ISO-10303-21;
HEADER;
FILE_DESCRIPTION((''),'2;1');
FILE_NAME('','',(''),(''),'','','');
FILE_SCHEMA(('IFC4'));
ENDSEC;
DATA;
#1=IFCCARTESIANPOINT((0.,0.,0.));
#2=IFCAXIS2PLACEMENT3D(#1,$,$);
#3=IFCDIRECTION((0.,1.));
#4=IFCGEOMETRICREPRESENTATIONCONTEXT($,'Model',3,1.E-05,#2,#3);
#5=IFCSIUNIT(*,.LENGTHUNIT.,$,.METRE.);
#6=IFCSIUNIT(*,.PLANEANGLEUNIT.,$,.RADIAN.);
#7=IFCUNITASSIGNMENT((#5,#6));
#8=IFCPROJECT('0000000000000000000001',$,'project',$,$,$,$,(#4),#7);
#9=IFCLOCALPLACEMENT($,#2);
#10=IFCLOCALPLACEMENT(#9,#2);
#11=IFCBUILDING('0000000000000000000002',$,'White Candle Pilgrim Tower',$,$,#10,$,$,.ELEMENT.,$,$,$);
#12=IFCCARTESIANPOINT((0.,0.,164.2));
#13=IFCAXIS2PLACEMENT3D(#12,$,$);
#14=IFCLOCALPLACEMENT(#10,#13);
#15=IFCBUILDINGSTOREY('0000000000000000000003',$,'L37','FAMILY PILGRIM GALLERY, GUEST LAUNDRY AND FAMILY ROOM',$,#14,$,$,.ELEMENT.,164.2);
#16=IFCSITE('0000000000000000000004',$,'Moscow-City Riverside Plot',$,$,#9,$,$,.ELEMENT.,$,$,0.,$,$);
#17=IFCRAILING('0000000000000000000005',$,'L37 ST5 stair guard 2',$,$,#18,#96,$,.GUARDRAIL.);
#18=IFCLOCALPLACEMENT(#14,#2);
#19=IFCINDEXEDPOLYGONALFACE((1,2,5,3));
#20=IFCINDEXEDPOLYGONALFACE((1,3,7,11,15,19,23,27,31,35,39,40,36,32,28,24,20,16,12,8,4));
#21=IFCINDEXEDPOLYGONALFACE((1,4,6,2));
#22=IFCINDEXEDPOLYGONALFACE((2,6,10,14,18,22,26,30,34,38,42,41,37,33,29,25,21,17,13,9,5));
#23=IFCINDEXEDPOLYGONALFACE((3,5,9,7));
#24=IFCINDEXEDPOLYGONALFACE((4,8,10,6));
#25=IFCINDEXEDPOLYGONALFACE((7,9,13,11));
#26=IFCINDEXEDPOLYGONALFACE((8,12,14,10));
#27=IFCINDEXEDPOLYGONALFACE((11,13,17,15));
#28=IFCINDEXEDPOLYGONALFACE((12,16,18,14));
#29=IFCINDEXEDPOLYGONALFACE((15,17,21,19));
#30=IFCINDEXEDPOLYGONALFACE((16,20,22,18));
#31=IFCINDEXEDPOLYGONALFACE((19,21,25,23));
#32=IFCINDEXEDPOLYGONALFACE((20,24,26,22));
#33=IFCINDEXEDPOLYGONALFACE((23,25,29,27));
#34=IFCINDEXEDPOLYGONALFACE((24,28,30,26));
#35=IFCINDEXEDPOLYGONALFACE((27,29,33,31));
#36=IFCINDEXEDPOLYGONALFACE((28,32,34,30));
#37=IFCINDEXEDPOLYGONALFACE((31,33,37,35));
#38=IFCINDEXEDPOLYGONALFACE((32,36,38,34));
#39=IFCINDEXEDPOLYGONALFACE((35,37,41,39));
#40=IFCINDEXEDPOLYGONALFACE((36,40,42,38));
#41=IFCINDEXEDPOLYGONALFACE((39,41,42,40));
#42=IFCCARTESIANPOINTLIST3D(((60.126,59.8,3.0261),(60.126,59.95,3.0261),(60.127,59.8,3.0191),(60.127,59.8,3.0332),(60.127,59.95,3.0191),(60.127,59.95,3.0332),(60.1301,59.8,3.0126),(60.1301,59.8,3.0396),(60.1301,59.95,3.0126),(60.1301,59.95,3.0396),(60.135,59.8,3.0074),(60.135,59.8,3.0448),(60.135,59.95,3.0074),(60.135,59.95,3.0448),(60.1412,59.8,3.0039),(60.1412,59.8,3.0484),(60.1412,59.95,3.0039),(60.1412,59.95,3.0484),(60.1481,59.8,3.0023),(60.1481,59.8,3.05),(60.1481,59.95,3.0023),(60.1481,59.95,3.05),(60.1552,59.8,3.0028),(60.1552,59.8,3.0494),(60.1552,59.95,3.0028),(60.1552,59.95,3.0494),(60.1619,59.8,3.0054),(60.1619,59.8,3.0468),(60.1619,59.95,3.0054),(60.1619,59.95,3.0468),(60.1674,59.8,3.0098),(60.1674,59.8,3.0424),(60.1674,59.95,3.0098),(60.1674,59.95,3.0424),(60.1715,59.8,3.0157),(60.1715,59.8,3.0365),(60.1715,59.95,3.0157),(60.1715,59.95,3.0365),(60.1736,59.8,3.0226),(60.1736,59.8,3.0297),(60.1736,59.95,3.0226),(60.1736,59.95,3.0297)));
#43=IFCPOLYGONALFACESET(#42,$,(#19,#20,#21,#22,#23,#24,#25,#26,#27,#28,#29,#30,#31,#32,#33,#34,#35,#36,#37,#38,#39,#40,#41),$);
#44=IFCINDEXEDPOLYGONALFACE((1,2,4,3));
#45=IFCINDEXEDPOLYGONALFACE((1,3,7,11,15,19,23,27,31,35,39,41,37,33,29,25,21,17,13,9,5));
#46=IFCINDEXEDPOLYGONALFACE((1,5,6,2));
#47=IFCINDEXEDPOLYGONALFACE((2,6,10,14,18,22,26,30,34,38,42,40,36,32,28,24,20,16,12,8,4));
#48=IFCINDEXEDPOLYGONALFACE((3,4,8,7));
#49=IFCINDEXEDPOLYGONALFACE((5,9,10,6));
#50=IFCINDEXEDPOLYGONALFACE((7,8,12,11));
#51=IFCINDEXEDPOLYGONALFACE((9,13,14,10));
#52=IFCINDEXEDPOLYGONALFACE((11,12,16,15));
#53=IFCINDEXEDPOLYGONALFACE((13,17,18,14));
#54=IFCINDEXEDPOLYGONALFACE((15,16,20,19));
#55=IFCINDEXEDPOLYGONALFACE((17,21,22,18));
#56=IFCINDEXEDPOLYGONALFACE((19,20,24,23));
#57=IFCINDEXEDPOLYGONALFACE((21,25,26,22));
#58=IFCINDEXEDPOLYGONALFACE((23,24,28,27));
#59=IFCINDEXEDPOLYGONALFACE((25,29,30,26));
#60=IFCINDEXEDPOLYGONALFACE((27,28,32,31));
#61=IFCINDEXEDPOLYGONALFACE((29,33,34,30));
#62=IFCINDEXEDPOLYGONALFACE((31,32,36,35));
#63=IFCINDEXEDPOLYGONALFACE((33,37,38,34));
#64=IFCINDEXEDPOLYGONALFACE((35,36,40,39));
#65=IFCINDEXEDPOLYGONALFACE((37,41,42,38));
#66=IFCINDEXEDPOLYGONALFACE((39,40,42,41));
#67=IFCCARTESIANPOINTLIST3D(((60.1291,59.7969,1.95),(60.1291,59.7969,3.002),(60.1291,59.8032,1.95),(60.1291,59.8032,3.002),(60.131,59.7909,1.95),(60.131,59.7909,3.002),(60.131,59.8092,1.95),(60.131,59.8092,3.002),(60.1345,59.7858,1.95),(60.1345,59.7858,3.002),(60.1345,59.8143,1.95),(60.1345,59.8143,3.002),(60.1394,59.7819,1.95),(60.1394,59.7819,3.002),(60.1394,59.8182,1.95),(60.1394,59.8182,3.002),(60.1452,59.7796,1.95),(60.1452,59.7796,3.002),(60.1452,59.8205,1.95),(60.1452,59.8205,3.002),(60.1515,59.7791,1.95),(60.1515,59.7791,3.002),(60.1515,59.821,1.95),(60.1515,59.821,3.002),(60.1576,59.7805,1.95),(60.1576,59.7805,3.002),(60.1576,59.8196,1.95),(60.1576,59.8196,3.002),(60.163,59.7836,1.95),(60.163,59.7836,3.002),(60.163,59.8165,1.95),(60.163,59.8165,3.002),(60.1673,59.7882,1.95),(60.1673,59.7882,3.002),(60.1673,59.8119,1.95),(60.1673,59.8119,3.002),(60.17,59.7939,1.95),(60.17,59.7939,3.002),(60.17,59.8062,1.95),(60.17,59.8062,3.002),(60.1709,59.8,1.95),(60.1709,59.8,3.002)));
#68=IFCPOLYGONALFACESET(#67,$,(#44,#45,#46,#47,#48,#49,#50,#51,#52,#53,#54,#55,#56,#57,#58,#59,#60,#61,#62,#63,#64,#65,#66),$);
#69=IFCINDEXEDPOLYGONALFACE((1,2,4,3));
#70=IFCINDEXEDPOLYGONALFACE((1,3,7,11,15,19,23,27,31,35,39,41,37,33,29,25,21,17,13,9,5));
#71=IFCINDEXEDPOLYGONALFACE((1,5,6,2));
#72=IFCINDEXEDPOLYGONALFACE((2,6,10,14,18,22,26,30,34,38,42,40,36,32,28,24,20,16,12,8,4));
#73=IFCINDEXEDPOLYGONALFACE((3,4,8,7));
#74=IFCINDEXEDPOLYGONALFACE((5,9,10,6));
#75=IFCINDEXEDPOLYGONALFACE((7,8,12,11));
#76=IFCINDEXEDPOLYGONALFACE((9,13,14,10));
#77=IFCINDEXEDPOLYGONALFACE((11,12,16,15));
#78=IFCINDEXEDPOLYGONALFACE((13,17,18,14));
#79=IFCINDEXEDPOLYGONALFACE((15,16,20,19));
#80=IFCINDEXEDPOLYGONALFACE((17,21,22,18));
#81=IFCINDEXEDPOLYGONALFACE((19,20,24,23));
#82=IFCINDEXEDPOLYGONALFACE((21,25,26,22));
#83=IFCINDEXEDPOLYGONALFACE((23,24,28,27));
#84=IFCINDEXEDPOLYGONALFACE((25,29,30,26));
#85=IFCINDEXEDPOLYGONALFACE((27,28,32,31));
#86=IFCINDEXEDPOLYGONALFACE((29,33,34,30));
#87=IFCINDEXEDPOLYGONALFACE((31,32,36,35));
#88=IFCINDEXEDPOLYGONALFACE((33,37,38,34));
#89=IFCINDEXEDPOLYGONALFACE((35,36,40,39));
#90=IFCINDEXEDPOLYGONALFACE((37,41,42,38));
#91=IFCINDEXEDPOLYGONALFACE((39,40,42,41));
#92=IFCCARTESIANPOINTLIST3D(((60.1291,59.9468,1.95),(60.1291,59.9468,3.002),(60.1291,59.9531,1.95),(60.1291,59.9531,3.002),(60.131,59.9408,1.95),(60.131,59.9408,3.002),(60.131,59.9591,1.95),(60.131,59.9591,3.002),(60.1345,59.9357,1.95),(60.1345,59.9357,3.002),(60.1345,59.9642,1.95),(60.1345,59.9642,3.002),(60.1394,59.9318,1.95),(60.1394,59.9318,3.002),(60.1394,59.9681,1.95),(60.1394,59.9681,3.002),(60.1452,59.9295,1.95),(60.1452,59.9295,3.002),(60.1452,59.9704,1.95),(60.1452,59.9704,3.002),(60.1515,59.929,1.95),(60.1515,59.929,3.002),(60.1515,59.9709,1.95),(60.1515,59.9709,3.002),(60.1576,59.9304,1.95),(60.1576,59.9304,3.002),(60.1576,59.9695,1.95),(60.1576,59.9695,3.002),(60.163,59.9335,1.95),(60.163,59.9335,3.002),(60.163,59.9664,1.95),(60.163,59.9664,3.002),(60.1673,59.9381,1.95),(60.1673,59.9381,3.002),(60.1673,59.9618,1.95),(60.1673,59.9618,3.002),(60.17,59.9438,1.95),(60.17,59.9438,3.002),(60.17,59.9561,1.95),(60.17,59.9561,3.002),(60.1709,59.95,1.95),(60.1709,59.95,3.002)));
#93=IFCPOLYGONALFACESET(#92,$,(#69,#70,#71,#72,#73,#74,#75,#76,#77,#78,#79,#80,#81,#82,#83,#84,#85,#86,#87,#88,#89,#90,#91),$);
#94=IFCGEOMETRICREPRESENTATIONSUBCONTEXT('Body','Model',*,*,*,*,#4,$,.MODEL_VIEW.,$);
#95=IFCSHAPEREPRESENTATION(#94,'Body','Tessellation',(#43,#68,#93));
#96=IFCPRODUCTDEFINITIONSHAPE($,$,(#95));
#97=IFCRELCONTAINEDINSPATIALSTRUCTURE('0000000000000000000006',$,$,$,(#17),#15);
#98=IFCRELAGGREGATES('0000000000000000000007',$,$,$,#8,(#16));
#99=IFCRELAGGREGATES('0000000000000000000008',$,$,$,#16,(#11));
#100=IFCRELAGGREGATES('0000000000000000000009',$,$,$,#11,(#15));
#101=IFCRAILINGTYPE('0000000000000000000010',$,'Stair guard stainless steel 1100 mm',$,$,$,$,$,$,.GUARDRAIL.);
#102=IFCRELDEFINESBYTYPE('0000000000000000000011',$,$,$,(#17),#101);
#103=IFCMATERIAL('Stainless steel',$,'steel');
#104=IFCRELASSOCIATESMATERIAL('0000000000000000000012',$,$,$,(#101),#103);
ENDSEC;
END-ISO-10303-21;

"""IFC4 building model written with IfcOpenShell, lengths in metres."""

from ifc_helpers import new_model, si_unit, direction, frame, origin, origin_2d, place, context, subcontext, project, spatial, circle, extrude, material, type_object, element, save


model = new_model("IFC4")

# Units and contexts
model_context = context("Model", 3, precision=1e-05, world=origin(), true_north=direction((0.0, 1.0)))
body_context = subcontext(model_context, "Body", "Model", "MODEL_VIEW")
ifc_project = project(units=[si_unit("LENGTHUNIT", "METRE"), si_unit("PLANEANGLEUNIT", "RADIAN")], contexts=[model_context])

# Site, building, storey
site_placement = place(None, origin())
site = spatial("IfcSite", under=ifc_project, at=site_placement, Name="Moscow-City Riverside Plot", CompositionType="ELEMENT", RefElevation=0.0)
building_placement = place(site_placement, origin())
building = spatial("IfcBuilding", under=site, at=building_placement, Name="White Candle Pilgrim Tower", CompositionType="ELEMENT")
storey_placement = place(building_placement, frame((0.0, 0.0, 164.2)))
storey = spatial("IfcBuildingStorey", under=building, at=storey_placement, Name="L37", Description="FAMILY PILGRIM GALLERY, GUEST LAUNDRY AND FAMILY ROOM", CompositionType="ELEMENT", Elevation=164.2)

# Railing
ifc_material_1 = material(Name="Stainless steel", Category="steel")
railing_type_1 = type_object("IfcRailingType", Name="Stair guard stainless steel 1100 mm", PredefinedType="GUARDRAIL", material=ifc_material_1)
railing_1_placement = place(storey_placement, frame((60.1499, 59.8, 1.95)))
element("IfcRailing", 1, at=railing_1_placement, inside=storey, type_object=railing_type_1, Name="L37 ST5 stair guard 2", PredefinedType="GUARDRAIL", context=body_context, shape_type="SweptSolid", body=[
    extrude(circle(Radius=0.0239, at=origin_2d()), frame((0.0, 0.0, 1.0762), z_axis=(0.0, 1.0, 0.0), x_axis=(-1.0, 0.0, 0.0)), (0.0, 0.0, 1.0), 0.1499),
    extrude(circle(Radius=0.021, at=origin_2d()), origin(), (0.0, 0.0, 1.0), 1.052),
    extrude(circle(Radius=0.021, at=origin_2d()), frame((0.0, 0.1499, 0.0)), (0.0, 0.0, 1.0), 1.052),
])

save(model, "model.ifc")
